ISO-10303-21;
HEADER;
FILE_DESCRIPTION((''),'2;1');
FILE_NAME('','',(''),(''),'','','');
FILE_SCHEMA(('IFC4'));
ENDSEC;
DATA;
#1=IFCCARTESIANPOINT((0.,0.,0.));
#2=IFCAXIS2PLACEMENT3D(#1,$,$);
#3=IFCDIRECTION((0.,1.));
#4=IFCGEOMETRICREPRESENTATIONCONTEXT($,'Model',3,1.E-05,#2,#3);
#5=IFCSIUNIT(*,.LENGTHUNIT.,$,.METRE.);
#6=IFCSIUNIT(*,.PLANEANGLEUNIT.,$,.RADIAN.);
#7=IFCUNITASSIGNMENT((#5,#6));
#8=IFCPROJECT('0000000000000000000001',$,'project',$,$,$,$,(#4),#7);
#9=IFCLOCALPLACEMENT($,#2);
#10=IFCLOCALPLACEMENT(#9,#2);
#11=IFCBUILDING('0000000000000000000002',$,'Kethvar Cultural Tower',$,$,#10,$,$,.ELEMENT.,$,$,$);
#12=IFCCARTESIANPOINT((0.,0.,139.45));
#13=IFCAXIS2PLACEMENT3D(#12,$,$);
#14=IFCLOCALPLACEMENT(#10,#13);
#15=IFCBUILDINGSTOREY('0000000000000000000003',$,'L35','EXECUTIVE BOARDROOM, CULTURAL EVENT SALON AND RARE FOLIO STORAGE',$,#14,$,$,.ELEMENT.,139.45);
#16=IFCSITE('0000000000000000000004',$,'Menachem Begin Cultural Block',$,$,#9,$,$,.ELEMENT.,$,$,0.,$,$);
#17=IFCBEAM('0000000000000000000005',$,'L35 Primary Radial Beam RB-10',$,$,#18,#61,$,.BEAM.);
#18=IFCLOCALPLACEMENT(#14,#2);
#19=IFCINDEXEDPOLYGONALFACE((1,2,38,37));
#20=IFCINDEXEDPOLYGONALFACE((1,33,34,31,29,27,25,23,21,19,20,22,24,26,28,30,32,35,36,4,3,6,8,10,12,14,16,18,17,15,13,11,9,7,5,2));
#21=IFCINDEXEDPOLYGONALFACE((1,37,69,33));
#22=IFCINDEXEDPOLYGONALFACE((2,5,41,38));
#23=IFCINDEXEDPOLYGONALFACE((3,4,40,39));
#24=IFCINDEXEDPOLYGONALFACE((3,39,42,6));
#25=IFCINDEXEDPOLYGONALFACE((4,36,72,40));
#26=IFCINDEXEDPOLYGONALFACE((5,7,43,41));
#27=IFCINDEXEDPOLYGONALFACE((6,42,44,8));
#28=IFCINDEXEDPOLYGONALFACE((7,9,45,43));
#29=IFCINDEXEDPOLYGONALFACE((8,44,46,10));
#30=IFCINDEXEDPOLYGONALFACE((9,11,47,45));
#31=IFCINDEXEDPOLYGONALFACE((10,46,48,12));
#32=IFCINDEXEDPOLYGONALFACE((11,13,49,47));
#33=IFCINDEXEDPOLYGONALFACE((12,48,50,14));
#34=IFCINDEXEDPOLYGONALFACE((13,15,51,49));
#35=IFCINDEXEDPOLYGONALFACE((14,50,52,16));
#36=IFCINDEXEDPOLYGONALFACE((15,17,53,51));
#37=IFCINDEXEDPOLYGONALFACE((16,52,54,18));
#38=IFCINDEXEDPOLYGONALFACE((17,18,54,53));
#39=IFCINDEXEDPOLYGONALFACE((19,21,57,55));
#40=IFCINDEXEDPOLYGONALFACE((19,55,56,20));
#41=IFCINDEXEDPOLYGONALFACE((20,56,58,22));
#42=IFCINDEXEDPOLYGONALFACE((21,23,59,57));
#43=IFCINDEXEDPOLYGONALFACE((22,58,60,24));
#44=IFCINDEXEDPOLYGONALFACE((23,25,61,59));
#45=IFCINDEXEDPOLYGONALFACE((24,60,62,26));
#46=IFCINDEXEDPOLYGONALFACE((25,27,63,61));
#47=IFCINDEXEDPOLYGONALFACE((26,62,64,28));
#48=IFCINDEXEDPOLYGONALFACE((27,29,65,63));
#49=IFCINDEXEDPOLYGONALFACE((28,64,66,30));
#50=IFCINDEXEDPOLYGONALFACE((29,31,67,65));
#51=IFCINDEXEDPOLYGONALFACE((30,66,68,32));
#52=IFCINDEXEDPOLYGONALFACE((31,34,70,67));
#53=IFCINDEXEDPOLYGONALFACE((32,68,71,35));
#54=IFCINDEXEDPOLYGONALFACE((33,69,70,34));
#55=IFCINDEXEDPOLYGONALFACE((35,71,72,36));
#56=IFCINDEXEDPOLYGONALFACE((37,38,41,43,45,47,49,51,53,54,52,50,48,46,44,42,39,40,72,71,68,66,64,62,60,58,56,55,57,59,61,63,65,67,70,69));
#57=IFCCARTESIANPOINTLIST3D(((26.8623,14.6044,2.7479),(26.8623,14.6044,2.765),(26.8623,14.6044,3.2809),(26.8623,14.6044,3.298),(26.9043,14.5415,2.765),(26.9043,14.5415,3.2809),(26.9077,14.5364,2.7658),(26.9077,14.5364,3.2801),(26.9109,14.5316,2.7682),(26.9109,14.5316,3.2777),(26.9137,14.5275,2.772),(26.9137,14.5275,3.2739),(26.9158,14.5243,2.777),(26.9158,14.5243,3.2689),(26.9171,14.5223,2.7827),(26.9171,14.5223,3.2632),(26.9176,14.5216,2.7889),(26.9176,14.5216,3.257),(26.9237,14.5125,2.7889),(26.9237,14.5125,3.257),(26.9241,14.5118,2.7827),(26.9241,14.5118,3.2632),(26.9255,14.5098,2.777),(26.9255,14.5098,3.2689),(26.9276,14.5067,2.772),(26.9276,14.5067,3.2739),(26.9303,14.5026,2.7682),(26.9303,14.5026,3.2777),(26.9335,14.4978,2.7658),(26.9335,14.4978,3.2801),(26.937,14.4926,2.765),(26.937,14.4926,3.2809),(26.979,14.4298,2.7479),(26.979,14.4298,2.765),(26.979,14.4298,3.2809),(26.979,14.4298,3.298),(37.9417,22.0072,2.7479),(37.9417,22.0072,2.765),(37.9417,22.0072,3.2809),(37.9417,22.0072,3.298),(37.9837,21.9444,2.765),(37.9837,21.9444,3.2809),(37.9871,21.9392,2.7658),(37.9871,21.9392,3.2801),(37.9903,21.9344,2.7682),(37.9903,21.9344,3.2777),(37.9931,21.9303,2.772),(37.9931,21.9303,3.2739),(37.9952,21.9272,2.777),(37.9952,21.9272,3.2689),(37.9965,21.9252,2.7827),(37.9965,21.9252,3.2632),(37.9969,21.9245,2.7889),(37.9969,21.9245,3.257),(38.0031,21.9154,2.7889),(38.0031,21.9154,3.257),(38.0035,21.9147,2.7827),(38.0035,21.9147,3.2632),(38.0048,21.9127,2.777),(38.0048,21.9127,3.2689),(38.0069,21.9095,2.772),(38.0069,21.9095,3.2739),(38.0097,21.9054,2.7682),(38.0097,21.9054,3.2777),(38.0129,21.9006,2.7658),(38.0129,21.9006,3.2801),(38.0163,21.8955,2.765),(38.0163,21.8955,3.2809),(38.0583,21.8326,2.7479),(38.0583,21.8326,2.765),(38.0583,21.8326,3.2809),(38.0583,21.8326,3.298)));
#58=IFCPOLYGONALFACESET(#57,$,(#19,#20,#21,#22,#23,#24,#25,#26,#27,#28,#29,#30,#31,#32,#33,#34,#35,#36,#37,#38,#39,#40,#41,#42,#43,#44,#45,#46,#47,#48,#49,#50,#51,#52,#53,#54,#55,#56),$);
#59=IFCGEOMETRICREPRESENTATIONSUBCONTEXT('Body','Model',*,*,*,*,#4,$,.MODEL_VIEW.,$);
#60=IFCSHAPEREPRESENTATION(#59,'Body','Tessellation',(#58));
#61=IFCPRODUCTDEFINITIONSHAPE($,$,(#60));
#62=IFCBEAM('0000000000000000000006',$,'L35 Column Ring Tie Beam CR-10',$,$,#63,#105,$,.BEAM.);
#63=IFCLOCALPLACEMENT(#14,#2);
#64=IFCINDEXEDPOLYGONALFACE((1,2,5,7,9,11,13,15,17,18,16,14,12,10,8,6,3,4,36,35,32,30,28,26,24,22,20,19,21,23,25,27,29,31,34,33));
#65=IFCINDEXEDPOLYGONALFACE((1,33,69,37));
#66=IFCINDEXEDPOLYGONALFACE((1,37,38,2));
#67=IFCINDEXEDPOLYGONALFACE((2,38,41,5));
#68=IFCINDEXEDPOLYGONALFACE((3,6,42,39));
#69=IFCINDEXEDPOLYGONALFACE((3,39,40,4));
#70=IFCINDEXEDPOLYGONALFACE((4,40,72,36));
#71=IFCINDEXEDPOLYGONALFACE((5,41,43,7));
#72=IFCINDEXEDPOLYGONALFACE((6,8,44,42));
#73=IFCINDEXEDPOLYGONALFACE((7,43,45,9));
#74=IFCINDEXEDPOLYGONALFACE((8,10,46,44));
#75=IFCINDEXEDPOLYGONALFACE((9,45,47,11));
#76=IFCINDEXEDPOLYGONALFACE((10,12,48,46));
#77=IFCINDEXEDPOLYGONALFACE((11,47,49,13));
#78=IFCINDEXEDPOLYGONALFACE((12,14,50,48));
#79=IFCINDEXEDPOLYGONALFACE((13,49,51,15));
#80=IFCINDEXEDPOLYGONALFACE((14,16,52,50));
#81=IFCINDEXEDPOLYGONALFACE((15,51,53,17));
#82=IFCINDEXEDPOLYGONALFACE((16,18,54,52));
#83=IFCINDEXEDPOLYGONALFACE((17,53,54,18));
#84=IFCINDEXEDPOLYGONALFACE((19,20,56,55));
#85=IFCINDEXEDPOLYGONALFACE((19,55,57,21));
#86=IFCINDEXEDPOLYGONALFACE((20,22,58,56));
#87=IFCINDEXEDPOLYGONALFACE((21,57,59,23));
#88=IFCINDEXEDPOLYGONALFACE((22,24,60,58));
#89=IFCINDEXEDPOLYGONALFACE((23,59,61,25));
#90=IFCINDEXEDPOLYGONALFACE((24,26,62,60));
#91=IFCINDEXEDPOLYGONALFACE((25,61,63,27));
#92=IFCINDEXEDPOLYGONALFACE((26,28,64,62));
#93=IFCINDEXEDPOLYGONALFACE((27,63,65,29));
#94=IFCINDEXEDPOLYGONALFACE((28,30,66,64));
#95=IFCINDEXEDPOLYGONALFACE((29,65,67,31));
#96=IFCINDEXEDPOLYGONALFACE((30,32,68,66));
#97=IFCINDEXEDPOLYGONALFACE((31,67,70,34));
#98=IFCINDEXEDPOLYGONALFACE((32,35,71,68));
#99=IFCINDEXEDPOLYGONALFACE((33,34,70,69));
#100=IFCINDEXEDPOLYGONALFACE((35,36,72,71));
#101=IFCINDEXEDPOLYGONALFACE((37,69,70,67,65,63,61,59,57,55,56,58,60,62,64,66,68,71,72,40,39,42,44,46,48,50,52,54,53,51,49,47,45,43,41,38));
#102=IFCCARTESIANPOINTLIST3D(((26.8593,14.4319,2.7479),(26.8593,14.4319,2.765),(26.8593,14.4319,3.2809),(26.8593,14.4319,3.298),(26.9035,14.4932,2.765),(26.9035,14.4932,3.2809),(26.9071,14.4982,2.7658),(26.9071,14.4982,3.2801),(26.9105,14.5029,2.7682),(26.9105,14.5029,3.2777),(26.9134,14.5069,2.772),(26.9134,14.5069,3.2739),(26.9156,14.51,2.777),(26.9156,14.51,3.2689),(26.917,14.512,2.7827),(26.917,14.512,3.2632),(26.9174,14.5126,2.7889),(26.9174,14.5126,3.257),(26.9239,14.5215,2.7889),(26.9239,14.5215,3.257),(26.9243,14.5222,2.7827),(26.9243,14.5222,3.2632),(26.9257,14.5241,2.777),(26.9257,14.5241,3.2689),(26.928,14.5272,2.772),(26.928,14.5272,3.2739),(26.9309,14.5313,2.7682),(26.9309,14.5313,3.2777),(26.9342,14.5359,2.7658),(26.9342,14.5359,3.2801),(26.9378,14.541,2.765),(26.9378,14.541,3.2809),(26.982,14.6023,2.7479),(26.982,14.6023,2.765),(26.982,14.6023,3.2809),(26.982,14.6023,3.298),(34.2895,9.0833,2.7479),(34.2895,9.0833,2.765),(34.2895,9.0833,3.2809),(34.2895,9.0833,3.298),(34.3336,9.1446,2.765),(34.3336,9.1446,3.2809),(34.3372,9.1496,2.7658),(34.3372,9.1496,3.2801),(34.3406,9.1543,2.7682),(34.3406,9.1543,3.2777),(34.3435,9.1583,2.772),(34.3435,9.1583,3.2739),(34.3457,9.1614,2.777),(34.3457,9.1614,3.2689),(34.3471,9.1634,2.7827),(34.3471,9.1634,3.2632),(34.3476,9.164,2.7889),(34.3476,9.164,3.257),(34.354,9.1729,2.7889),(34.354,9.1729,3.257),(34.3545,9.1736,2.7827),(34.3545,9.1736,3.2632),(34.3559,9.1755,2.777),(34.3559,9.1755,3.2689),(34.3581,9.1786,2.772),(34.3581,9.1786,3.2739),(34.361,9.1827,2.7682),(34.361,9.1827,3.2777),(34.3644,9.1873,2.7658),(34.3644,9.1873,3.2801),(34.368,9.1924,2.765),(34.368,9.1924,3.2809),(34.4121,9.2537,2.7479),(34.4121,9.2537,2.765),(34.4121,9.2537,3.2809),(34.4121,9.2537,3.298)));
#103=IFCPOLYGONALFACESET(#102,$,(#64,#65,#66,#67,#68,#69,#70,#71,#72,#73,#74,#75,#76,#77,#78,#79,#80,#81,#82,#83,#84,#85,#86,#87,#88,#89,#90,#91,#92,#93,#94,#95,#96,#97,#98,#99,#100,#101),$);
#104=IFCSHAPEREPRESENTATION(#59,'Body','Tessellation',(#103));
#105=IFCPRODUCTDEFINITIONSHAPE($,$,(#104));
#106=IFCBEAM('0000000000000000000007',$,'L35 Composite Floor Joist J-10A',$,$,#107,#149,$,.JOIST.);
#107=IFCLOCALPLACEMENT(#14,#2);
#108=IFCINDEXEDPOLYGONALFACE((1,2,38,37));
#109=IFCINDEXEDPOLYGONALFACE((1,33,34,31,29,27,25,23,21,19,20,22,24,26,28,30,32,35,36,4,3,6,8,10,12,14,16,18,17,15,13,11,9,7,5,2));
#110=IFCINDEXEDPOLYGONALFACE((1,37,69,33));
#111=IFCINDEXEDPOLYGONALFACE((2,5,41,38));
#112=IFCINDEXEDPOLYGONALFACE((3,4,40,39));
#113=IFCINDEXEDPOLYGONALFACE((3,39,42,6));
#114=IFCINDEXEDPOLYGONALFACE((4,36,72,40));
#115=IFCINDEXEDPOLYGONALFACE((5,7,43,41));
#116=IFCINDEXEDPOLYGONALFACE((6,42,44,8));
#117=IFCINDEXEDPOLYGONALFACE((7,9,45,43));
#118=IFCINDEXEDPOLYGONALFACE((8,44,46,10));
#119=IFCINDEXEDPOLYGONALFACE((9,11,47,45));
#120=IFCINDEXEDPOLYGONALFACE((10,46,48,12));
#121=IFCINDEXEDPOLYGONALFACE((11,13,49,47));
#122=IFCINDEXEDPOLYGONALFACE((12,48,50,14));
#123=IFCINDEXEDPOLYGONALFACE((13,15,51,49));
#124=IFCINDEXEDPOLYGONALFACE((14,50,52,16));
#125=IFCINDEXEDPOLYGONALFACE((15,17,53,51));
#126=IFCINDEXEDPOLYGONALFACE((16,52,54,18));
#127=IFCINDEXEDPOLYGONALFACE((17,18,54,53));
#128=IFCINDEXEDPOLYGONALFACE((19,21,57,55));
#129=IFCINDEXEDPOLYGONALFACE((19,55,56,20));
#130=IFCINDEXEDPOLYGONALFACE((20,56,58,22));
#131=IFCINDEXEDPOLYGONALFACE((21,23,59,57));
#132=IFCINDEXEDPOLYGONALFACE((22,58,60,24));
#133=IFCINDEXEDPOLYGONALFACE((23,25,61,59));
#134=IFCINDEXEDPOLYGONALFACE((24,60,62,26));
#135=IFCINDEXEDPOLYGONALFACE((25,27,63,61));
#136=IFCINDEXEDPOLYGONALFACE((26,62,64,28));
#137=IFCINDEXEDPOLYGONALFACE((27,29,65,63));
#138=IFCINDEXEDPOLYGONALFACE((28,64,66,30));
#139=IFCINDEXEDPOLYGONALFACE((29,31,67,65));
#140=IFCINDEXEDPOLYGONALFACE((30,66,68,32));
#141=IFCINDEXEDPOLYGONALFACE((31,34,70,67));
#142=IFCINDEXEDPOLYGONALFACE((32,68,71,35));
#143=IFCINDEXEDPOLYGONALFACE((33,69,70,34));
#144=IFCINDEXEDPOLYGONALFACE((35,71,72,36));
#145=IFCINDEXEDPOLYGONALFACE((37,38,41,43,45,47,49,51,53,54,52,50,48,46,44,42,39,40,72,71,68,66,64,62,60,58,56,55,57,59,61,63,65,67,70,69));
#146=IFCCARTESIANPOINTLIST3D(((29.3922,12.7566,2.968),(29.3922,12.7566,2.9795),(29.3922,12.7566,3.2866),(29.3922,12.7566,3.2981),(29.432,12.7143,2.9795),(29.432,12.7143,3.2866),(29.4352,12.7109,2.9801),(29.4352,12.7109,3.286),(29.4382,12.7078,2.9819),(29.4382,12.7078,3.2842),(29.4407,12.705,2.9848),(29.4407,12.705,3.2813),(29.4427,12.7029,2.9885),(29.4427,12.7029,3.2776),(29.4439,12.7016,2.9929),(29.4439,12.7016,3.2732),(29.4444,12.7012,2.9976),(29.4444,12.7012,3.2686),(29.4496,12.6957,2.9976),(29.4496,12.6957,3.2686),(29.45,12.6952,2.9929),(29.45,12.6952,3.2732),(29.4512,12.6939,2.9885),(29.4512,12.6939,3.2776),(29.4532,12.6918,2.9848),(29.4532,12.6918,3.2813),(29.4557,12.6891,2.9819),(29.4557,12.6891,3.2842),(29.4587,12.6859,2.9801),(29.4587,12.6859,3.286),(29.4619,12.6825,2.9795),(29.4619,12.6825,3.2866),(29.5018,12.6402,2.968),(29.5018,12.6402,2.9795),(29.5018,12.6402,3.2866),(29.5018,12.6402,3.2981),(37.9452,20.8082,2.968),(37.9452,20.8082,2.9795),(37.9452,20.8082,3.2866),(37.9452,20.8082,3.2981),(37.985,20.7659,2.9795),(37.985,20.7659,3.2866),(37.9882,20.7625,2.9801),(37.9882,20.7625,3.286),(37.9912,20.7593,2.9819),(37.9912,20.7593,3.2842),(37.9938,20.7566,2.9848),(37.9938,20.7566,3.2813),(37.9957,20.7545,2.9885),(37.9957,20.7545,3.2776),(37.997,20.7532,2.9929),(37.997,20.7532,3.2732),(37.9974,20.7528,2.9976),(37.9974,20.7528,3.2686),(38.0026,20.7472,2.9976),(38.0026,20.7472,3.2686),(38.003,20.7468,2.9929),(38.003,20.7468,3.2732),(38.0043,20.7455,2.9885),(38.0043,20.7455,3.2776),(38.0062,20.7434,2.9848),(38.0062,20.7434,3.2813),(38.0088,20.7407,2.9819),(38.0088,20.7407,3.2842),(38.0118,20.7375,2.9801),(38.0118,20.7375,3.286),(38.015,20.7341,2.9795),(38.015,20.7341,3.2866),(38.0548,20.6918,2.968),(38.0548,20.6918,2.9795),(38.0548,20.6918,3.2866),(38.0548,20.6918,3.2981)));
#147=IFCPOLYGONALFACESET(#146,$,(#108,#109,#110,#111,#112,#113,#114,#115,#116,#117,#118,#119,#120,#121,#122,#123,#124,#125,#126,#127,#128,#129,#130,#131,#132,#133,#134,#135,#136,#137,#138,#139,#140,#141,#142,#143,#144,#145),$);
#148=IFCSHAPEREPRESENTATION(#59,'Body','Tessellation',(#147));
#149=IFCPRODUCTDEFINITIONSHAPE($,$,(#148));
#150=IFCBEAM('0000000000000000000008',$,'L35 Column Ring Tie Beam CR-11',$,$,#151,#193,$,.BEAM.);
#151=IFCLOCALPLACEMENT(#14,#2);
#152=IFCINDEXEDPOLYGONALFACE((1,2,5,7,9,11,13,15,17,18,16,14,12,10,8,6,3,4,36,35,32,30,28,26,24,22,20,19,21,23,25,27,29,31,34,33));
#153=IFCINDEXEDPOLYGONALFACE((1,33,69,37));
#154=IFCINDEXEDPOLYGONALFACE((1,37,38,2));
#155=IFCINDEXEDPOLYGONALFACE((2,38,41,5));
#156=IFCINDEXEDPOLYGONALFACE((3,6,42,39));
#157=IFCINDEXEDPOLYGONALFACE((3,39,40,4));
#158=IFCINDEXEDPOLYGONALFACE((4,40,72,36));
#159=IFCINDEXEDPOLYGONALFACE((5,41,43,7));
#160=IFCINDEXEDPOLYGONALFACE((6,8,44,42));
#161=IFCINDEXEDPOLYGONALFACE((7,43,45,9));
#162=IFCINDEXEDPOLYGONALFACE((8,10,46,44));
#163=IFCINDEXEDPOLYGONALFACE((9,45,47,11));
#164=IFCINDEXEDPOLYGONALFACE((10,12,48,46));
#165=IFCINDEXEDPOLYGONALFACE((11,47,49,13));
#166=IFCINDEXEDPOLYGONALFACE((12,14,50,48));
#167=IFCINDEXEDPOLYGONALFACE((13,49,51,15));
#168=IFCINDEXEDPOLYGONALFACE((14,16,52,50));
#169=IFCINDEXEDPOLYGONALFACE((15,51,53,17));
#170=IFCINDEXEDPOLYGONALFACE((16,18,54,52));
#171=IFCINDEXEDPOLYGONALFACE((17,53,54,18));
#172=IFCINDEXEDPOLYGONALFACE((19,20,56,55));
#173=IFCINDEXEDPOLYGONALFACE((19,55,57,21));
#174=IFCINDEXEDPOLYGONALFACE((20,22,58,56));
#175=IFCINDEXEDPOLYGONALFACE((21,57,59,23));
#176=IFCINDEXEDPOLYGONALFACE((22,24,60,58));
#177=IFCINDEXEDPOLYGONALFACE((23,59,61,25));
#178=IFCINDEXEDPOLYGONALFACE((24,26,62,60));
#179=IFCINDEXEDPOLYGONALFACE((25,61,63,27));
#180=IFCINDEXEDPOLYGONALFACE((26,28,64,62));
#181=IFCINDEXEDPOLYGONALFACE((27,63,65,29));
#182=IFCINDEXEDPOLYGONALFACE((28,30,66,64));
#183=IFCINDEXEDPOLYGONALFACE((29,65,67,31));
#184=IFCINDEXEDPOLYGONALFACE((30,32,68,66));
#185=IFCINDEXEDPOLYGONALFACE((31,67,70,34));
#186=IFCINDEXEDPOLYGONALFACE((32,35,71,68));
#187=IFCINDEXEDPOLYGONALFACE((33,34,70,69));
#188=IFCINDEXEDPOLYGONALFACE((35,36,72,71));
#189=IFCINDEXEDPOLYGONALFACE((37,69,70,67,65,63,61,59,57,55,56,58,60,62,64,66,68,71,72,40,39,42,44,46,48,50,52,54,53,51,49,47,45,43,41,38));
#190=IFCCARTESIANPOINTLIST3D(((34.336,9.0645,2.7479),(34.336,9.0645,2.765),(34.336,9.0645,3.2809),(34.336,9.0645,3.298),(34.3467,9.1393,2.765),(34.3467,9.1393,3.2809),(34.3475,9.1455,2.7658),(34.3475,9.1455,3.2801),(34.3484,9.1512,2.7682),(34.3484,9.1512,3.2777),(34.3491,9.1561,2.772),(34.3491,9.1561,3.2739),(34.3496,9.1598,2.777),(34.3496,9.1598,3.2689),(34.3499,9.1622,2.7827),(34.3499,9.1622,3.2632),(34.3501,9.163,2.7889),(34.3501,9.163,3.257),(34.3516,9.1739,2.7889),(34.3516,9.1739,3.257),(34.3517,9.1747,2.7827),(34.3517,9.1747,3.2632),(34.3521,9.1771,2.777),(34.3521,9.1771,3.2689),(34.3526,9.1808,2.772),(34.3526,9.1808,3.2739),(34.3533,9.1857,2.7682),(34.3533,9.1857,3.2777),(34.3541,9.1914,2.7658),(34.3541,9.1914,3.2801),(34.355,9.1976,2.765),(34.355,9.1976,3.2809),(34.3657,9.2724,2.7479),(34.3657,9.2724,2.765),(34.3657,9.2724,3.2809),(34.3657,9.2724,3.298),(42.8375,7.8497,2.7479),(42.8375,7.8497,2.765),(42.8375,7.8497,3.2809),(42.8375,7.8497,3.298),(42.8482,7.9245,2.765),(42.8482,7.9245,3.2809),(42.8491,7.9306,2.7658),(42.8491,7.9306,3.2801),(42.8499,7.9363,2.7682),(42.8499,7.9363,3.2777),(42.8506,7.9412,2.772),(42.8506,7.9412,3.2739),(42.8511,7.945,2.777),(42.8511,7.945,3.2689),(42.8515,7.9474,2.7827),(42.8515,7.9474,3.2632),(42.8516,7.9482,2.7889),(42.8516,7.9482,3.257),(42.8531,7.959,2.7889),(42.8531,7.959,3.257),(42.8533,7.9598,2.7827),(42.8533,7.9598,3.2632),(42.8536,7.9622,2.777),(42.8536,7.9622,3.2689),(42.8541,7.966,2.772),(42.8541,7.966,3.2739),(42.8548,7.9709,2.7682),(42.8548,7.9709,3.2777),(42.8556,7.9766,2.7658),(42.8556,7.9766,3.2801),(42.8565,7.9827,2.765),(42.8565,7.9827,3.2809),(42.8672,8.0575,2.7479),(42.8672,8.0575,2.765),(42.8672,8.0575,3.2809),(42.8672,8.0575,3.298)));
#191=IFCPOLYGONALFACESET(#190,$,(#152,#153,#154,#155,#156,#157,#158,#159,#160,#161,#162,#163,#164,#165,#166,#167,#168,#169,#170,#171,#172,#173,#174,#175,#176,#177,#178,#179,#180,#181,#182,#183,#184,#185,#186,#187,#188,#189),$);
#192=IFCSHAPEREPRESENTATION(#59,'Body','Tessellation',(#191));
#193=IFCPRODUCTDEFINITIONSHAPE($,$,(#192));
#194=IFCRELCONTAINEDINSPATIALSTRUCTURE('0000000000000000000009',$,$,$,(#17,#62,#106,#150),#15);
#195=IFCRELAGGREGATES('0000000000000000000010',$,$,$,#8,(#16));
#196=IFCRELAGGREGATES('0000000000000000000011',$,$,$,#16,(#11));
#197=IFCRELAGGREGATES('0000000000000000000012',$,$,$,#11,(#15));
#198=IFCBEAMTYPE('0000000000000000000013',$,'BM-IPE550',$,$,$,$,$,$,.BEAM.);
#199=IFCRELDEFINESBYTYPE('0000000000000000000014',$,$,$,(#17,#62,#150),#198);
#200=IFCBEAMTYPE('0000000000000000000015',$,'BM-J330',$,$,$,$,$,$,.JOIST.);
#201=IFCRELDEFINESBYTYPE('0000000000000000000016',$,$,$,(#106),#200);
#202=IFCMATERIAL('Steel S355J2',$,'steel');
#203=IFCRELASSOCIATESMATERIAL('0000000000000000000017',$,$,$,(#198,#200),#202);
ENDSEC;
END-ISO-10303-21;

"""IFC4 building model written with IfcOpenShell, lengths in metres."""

from ifc_helpers import new_model, si_unit, direction, frame, origin, origin_2d, place, context, subcontext, project, spatial, i_section, extrude, source, transform, mapped, material, material_profile, profile_set, type_object, element, save


model = new_model("IFC4")

# Units and contexts
model_context = context("Model", 3, precision=1e-05, world=origin(), true_north=direction((0.0, 1.0)))
body_context = subcontext(model_context, "Body", "Model", "MODEL_VIEW")
ifc_project = project(units=[si_unit("LENGTHUNIT", "METRE"), si_unit("PLANEANGLEUNIT", "RADIAN")], contexts=[model_context])

# Site, building, storey
site_placement = place(None, origin())
site = spatial("IfcSite", under=ifc_project, at=site_placement, Name="Menachem Begin Cultural Block", CompositionType="ELEMENT", RefElevation=0.0)
building_placement = place(site_placement, origin())
building = spatial("IfcBuilding", under=site, at=building_placement, Name="Kethvar Cultural Tower", CompositionType="ELEMENT")
storey_placement = place(building_placement, frame((0.0, 0.0, 139.45)))
storey = spatial("IfcBuildingStorey", under=building, at=storey_placement, Name="L35", Description="EXECUTIVE BOARDROOM, CULTURAL EVENT SALON AND RARE FOLIO STORAGE", CompositionType="ELEMENT", Elevation=139.45)

# Beams
ifc_material_1 = material(Name="Steel S355J2", Category="steel")
ifc_material_profile_1 = material_profile(ifc_material_1, i_section(OverallWidth=0.21, OverallDepth=0.55, WebThickness=0.011, FlangeThickness=0.0171, FilletRadius=0.0239, at=origin_2d()), Name="Steel S355J2 — IPE550")
ifc_profile_set_1 = profile_set([ifc_material_profile_1], Name="Steel S355J2 — IPE550")
beam_type_1 = type_object("IfcBeamType", Name="BM-IPE550", PredefinedType="BEAM", material=ifc_profile_set_1)
shared_shape_1 = source(origin(), body_context, "Body", "SweptSolid", [
    extrude(i_section(OverallWidth=0.21, OverallDepth=0.55, WebThickness=0.011, FlangeThickness=0.0171, FilletRadius=0.0239, at=origin_2d()), origin(), (0.0, 0.0, 1.0), 13.325),
])
beam_1_placement = place(storey_placement, frame((38.0, 21.9199, 3.0229), z_axis=(-0.831475, -0.555562, 0.0), x_axis=(0.555562, -0.831475, 0.0)))
element("IfcBeam", 1, at=beam_1_placement, inside=storey, type_object=beam_type_1, Name="L35 Primary Radial Beam RB-10", PredefinedType="BEAM", context=body_context, shape_type="MappedRepresentation", body=[
    mapped(shared_shape_1, transform((0.0, 0.0, 0.0), scale=1.0)),
])
shared_shape_2 = source(origin(), body_context, "Body", "SweptSolid", [
    extrude(i_section(OverallWidth=0.21, OverallDepth=0.55, WebThickness=0.011, FlangeThickness=0.0171, FilletRadius=0.0239, at=origin_2d()), origin(), (0.0, 0.0, 1.0), 9.155),
])
beam_2_placement = place(storey_placement, frame((26.9207, 14.5171, 3.0229), z_axis=(0.811591, -0.584226, 0.0), x_axis=(0.584226, 0.811591, 0.0)))
element("IfcBeam", 2, at=beam_2_placement, inside=storey, type_object=beam_type_1, Name="L35 Column Ring Tie Beam CR-10", PredefinedType="BEAM", context=body_context, shape_type="MappedRepresentation", body=[
    mapped(shared_shape_2, transform((0.0, 0.0, 0.0), scale=1.0)),
])
ifc_material_profile_2 = material_profile(ifc_material_1, i_section(OverallWidth=0.1599, OverallDepth=0.3301, WebThickness=0.0076, FlangeThickness=0.0115, FilletRadius=0.0181, at=origin_2d()), Name="Steel S355J2 — IPE330")
ifc_profile_set_2 = profile_set([ifc_material_profile_2], Name="Steel S355J2 — IPE330")
beam_type_2 = type_object("IfcBeamType", Name="BM-J330", PredefinedType="JOIST", material=ifc_profile_set_2)
shared_shape_3 = source(origin(), body_context, "Body", "SweptSolid", [
    extrude(i_section(OverallWidth=0.1599, OverallDepth=0.3301, WebThickness=0.0076, FlangeThickness=0.0115, FilletRadius=0.0181, at=origin_2d()), origin(), (0.0, 0.0, 1.0), 11.7466),
])
beam_3_placement = place(storey_placement, frame((38.0, 20.75, 3.1331), z_axis=(-0.72813, -0.685439, 0.0), x_axis=(0.685439, -0.72813, 0.0)))
element("IfcBeam", 3, at=beam_3_placement, inside=storey, type_object=beam_type_2, Name="L35 Composite Floor Joist J-10A", PredefinedType="JOIST", context=body_context, shape_type="MappedRepresentation", body=[
    mapped(shared_shape_3, transform((0.0, 0.0, 0.0), scale=1.0)),
])
shared_shape_4 = source(origin(), body_context, "Body", "SweptSolid", [
    extrude(i_section(OverallWidth=0.21, OverallDepth=0.55, WebThickness=0.011, FlangeThickness=0.0171, FilletRadius=0.0239, at=origin_2d()), origin(), (0.0, 0.0, 1.0), 8.5879),
])
beam_4_placement = place(storey_placement, frame((34.3508, 9.1685, 3.0229), z_axis=(0.989944, -0.141461, 0.0), x_axis=(0.141461, 0.989944, 0.0)))
element("IfcBeam", 4, at=beam_4_placement, inside=storey, type_object=beam_type_1, Name="L35 Column Ring Tie Beam CR-11", PredefinedType="BEAM", context=body_context, shape_type="MappedRepresentation", body=[
    mapped(shared_shape_4, transform((0.0, 0.0, 0.0), scale=1.0)),
])

save(model, "model.ifc")
